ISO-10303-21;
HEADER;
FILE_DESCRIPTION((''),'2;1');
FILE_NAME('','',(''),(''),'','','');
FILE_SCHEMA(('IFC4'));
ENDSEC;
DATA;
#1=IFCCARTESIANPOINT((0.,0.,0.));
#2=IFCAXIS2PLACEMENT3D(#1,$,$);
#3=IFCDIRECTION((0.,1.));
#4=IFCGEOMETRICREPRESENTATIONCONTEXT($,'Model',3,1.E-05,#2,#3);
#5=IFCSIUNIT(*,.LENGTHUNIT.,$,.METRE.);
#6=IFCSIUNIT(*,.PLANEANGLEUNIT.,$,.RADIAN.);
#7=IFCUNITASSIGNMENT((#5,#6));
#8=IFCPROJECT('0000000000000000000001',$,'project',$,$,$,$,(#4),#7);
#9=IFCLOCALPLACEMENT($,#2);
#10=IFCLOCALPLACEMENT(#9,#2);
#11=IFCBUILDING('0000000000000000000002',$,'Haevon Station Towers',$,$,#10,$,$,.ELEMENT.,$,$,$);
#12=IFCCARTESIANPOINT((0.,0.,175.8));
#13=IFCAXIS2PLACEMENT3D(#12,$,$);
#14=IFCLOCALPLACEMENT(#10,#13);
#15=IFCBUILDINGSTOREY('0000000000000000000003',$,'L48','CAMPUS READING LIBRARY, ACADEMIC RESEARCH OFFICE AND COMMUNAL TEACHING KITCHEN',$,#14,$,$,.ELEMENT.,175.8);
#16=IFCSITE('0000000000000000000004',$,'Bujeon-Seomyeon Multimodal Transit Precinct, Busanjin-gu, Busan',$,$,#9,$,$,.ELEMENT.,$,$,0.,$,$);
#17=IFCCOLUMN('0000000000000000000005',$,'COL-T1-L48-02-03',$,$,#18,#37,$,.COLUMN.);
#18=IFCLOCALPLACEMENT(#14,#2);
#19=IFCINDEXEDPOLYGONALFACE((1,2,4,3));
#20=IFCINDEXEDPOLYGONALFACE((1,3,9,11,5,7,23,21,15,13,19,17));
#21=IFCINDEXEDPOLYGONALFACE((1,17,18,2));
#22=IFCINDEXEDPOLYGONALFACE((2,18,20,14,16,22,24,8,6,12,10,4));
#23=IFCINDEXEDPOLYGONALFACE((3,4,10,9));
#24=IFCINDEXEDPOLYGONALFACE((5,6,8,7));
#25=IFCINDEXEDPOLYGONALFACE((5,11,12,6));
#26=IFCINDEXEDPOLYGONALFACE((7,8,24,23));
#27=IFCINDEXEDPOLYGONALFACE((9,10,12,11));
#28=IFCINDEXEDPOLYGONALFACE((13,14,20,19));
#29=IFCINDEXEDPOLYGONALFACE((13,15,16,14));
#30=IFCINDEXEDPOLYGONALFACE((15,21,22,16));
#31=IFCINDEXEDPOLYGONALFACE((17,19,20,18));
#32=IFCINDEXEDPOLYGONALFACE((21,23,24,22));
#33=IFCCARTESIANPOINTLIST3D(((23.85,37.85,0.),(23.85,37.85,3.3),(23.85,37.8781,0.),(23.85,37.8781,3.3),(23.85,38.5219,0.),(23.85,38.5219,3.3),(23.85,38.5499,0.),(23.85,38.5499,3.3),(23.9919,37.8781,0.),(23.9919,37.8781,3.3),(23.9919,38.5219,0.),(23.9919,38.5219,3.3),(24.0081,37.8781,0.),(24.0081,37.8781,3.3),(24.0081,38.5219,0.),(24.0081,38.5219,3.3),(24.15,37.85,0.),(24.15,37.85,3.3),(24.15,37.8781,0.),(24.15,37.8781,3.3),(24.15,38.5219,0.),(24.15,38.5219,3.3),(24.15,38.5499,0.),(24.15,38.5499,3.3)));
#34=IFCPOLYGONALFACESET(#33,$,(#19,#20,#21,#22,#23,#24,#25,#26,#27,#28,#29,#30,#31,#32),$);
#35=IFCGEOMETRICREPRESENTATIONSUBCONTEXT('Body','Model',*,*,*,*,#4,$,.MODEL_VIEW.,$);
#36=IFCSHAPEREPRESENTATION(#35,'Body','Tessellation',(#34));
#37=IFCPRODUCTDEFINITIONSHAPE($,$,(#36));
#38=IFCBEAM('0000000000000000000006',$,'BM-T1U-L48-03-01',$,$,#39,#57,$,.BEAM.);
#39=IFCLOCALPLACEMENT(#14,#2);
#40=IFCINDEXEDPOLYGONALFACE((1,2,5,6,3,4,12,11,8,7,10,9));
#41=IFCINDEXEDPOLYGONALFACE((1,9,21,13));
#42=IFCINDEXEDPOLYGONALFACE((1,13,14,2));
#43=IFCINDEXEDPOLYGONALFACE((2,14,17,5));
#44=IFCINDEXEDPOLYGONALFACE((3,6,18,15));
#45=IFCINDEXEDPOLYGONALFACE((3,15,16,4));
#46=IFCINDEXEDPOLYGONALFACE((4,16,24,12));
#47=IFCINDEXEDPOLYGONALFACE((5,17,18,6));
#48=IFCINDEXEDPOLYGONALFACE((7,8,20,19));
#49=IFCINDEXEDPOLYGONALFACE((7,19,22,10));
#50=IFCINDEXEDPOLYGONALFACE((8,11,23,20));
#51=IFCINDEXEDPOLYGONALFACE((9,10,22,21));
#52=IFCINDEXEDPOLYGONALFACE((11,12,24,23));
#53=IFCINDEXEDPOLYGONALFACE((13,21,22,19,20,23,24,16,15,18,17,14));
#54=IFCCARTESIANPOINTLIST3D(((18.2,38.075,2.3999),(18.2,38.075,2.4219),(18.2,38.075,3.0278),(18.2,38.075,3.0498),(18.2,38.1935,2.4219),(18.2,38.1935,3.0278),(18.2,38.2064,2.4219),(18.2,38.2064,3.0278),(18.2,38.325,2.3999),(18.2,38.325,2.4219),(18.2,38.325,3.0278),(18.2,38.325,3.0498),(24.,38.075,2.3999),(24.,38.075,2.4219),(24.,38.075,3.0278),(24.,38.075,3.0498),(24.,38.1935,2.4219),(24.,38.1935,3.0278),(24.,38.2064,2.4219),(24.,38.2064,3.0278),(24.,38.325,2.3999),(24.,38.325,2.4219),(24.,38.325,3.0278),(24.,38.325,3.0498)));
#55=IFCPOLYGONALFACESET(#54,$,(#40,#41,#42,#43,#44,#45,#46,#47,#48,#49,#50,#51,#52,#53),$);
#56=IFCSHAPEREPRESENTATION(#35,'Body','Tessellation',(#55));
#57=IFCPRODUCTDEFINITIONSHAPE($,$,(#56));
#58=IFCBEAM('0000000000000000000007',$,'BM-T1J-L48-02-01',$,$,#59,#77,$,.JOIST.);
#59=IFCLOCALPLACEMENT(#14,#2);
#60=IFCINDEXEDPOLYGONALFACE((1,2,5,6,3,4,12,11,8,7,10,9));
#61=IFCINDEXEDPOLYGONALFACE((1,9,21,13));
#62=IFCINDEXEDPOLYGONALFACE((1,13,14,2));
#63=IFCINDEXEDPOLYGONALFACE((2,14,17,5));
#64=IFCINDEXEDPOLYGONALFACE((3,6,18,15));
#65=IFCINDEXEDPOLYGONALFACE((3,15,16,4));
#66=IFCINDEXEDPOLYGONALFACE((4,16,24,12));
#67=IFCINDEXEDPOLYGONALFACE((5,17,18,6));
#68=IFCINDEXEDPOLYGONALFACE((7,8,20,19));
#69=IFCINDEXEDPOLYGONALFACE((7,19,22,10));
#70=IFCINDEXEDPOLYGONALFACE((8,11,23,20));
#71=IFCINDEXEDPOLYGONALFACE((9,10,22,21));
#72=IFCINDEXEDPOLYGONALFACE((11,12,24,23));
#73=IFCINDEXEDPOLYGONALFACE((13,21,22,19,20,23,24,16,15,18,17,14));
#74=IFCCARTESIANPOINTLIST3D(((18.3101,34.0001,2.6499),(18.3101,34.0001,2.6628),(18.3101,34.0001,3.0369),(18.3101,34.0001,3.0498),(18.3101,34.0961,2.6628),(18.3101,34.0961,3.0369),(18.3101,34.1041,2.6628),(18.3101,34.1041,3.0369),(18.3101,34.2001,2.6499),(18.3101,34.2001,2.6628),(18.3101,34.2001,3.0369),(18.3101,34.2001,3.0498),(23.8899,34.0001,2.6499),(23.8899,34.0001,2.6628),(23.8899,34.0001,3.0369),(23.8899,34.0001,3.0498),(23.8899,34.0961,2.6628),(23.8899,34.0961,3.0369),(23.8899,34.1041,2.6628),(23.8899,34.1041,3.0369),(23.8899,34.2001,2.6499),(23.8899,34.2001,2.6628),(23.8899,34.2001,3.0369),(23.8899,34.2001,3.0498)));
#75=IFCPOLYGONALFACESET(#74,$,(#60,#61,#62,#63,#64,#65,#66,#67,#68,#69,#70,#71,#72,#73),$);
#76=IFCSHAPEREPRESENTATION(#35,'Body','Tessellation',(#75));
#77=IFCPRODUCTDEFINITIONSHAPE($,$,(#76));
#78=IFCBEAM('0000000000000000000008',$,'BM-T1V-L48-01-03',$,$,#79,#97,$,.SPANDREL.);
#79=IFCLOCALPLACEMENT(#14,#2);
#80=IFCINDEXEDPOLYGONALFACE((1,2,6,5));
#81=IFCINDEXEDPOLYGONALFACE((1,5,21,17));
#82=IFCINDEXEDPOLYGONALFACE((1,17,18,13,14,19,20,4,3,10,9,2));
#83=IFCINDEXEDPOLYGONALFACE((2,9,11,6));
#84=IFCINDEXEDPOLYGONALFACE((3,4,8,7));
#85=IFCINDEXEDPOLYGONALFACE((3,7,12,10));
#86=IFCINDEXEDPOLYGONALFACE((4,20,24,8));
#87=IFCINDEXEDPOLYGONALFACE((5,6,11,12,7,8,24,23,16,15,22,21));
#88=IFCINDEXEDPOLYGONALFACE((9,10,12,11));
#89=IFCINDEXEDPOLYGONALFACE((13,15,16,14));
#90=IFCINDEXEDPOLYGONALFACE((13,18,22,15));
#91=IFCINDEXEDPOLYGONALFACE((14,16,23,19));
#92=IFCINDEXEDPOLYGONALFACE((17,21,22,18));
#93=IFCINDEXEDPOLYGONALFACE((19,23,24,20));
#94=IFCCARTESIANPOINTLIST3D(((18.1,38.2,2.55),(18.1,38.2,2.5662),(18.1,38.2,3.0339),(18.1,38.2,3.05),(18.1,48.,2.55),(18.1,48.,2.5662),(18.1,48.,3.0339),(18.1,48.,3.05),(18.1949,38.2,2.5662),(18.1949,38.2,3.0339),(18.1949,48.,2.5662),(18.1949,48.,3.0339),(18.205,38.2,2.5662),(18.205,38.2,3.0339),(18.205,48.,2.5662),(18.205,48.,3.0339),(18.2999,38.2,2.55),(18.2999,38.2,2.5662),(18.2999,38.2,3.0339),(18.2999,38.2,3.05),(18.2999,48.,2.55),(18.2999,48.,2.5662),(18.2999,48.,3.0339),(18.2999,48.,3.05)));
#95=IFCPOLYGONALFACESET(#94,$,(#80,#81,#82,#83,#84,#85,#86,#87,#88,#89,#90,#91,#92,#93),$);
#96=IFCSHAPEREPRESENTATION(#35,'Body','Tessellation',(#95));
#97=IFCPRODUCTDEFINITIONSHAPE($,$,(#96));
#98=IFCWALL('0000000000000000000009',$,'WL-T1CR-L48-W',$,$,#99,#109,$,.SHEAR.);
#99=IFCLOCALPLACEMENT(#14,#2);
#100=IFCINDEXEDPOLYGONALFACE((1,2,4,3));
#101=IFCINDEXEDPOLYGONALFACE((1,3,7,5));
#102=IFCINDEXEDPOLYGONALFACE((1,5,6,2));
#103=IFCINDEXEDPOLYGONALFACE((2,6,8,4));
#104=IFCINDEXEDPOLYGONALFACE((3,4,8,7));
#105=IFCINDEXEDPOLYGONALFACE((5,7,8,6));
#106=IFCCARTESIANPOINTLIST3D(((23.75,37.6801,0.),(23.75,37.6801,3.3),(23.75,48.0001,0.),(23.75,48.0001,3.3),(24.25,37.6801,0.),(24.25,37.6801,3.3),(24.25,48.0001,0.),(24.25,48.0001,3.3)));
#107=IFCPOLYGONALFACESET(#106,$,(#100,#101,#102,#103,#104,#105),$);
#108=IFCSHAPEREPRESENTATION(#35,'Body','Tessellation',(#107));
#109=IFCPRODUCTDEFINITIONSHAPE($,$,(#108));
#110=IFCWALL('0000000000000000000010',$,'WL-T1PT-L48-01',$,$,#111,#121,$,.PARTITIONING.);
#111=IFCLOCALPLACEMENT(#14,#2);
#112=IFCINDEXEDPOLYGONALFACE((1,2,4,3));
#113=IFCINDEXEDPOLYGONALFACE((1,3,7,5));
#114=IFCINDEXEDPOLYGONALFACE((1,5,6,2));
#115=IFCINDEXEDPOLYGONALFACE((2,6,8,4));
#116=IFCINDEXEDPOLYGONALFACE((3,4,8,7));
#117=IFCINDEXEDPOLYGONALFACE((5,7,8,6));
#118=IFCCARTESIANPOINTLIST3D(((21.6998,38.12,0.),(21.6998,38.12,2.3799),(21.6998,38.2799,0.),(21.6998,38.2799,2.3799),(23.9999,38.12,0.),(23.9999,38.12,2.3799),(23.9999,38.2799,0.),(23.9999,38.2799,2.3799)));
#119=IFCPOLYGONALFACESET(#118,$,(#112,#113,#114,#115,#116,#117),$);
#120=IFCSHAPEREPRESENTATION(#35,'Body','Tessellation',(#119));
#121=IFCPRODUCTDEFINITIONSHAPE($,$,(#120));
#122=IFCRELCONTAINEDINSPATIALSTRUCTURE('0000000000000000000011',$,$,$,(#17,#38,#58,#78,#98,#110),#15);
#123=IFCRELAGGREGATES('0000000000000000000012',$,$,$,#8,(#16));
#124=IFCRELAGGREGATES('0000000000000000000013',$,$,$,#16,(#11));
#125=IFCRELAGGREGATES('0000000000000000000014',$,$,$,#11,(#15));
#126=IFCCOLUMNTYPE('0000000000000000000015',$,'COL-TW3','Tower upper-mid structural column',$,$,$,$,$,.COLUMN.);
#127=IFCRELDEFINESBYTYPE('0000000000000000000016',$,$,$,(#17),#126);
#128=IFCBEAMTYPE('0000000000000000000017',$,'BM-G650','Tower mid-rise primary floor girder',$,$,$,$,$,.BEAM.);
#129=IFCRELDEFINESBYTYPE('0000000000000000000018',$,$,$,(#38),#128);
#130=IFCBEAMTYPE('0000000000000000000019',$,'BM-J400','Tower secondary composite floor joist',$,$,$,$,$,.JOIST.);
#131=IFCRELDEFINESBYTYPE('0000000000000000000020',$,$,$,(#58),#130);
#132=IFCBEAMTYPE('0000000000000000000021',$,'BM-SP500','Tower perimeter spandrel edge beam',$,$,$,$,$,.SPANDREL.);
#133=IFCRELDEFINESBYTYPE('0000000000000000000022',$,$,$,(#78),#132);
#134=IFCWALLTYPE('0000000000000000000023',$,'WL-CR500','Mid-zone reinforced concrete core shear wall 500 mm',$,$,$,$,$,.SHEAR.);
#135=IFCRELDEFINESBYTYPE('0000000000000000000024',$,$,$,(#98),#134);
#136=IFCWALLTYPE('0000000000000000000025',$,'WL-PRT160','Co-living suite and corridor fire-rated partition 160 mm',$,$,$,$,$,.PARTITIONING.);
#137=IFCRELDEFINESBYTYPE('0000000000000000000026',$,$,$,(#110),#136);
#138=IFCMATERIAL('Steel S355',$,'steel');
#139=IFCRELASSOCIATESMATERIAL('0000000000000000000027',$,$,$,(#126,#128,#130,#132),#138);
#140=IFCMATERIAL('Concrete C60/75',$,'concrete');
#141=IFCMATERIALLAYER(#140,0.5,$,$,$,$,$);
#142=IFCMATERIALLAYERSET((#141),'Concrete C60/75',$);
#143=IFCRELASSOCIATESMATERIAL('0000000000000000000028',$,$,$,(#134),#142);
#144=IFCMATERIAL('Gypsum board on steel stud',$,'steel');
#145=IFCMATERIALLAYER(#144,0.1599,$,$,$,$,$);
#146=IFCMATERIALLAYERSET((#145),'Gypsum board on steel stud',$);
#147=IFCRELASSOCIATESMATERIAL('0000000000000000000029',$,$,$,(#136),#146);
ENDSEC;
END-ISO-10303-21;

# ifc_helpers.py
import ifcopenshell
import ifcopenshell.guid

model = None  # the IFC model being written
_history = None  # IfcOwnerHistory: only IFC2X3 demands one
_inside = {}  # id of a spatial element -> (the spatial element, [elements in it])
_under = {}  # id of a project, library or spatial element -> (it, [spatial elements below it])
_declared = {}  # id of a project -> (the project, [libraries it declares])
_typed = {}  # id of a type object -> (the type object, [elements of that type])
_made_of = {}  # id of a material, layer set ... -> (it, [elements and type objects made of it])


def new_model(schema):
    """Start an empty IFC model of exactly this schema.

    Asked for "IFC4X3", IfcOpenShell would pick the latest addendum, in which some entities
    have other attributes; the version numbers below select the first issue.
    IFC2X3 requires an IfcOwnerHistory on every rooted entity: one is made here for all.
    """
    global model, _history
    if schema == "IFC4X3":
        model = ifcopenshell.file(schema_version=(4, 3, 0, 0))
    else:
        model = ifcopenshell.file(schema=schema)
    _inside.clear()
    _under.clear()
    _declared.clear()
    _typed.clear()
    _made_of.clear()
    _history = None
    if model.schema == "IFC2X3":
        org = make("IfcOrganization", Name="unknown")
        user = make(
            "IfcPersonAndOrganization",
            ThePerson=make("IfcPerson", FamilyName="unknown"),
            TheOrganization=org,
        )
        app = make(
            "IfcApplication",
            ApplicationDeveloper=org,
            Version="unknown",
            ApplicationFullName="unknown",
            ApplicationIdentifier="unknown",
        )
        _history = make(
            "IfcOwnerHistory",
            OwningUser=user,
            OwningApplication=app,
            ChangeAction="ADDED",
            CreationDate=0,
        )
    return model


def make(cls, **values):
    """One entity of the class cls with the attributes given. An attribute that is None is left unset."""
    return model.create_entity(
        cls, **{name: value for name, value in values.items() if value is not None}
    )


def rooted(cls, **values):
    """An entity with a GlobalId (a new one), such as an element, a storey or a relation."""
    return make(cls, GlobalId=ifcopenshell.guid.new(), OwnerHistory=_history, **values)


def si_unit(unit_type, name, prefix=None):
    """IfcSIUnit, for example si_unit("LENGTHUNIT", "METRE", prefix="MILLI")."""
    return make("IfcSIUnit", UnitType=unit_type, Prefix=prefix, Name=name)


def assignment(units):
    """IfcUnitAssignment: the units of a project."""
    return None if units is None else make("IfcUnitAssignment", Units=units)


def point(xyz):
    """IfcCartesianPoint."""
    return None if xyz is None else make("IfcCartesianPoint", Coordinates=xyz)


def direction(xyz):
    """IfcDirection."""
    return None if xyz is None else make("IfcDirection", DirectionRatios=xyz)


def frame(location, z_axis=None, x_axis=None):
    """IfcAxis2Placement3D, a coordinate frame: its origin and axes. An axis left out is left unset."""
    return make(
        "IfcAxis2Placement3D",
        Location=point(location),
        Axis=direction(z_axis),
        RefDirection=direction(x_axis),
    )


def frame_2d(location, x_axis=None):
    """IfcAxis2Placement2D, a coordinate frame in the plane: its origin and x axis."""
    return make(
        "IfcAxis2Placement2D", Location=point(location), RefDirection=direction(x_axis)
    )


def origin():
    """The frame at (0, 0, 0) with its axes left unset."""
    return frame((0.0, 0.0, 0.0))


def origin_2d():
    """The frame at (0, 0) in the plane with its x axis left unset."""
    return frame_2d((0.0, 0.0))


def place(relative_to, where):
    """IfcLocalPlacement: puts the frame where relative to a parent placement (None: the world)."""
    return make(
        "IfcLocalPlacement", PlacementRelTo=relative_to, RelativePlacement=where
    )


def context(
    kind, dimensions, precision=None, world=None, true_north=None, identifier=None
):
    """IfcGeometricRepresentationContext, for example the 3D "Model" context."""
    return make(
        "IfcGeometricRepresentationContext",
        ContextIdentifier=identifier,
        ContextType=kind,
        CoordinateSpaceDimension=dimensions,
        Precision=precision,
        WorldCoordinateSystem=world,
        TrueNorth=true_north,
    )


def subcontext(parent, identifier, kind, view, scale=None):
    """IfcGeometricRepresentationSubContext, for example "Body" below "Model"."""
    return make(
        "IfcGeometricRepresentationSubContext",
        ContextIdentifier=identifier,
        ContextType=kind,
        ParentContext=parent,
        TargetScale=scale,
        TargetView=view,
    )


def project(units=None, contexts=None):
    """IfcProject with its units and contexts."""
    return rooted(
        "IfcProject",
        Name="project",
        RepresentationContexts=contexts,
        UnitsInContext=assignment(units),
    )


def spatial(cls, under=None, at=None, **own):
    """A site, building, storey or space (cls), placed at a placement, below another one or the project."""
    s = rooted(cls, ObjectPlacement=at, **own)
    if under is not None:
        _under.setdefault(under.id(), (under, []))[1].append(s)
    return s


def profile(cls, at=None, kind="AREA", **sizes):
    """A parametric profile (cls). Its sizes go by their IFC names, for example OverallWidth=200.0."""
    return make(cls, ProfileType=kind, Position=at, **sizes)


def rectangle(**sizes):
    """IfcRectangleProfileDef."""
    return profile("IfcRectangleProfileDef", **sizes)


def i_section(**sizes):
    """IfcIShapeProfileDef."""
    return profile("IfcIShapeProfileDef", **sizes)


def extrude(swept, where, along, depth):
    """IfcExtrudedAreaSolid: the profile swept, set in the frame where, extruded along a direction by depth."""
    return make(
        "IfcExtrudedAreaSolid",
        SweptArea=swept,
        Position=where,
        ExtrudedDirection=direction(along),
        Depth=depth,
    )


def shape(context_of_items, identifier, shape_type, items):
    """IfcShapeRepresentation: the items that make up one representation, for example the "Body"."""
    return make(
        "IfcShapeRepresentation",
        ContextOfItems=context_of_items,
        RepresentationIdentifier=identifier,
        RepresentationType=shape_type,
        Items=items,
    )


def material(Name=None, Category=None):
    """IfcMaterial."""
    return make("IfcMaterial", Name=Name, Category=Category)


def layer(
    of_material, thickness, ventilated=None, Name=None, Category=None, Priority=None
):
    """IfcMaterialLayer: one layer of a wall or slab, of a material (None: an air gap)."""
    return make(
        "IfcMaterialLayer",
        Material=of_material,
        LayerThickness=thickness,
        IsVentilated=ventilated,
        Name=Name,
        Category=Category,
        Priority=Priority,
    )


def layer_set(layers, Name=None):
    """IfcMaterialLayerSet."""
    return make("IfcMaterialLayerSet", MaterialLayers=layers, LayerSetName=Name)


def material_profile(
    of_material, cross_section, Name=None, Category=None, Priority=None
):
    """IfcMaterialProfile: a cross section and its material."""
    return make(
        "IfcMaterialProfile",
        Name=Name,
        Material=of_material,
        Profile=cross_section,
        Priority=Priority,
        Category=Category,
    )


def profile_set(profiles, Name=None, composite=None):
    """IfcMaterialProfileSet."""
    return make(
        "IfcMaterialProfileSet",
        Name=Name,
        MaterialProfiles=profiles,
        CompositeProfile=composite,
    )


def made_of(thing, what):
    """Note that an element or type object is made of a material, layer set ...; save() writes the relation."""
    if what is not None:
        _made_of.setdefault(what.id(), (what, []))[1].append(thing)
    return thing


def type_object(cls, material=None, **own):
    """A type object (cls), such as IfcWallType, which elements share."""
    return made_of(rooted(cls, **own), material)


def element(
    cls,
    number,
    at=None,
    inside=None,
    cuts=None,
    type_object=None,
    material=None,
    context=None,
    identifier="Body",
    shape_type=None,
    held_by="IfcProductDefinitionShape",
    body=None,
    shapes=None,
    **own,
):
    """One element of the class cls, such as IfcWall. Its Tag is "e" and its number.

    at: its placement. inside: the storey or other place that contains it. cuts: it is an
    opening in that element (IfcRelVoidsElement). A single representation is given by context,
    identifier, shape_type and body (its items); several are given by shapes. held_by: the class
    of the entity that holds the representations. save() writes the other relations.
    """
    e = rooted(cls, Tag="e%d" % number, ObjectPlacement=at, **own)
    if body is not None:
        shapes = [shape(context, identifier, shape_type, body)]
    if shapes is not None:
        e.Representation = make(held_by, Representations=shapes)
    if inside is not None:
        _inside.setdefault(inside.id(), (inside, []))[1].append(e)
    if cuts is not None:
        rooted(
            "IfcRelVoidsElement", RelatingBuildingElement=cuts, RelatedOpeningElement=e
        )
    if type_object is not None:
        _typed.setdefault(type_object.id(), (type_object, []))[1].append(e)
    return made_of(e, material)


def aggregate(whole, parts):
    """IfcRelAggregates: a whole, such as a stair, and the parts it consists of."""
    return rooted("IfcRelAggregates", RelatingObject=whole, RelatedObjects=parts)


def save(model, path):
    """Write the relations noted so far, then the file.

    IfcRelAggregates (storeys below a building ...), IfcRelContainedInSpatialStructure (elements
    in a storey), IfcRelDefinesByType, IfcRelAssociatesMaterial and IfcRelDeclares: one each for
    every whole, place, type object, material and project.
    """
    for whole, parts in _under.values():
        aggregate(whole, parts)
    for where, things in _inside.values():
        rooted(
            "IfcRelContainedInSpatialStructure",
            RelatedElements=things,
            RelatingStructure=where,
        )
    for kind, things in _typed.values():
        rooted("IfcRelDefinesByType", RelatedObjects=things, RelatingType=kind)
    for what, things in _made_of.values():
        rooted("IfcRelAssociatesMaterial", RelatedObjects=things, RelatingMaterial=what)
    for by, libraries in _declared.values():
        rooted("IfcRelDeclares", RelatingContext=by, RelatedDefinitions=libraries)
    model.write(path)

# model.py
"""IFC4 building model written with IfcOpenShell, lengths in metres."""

from ifc_helpers import new_model, si_unit, direction, frame, frame_2d, origin, origin_2d, place, context, subcontext, project, spatial, rectangle, i_section, extrude, material, layer, layer_set, material_profile, profile_set, type_object, element, save


model = new_model("IFC4")

# Units and contexts
model_context = context("Model", 3, precision=1e-05, world=origin(), true_north=direction((0.0, 1.0)))
body_context = subcontext(model_context, "Body", "Model", "MODEL_VIEW")
ifc_project = project(units=[si_unit("LENGTHUNIT", "METRE"), si_unit("PLANEANGLEUNIT", "RADIAN")], contexts=[model_context])

# Site, building, storey
site_placement = place(None, origin())
site = spatial("IfcSite", under=ifc_project, at=site_placement, Name="Bujeon-Seomyeon Multimodal Transit Precinct, Busanjin-gu, Busan", CompositionType="ELEMENT", RefElevation=0.0)
building_placement = place(site_placement, origin())
building = spatial("IfcBuilding", under=site, at=building_placement, Name="Haevon Station Towers", CompositionType="ELEMENT")
storey_placement = place(building_placement, frame((0.0, 0.0, 175.8)))
storey = spatial("IfcBuildingStorey", under=building, at=storey_placement, Name="L48", Description="CAMPUS READING LIBRARY, ACADEMIC RESEARCH OFFICE AND COMMUNAL TEACHING KITCHEN", CompositionType="ELEMENT", Elevation=175.8)

# Column
ifc_material_1 = material(Name="Steel S355", Category="steel")
ifc_material_profile_1 = material_profile(ifc_material_1, i_section(OverallWidth=0.3, OverallDepth=0.7, WebThickness=0.0161, FlangeThickness=0.0281, at=origin_2d()), Name="H-700x300x16x28")
ifc_profile_set_1 = profile_set([ifc_material_profile_1], Name="Steel S355")
column_type = type_object("IfcColumnType", Name="COL-TW3", Description="Tower upper-mid structural column", PredefinedType="COLUMN", material=ifc_profile_set_1)
column_placement = place(storey_placement, frame((24.0, 38.2, 0.0), z_axis=(0.0, 0.0, 1.0), x_axis=(1.0, 0.0, 0.0)))
element("IfcColumn", 1, at=column_placement, inside=storey, type_object=column_type, Name="COL-T1-L48-02-03", PredefinedType="COLUMN", context=body_context, shape_type="SweptSolid", body=[
    extrude(i_section(OverallWidth=0.3, OverallDepth=0.7, WebThickness=0.0161, FlangeThickness=0.0281, at=origin_2d()), origin(), (0.0, 0.0, 1.0), 3.3),
])

# Beams
ifc_material_profile_2 = material_profile(ifc_material_1, i_section(OverallWidth=0.25, OverallDepth=0.6499, WebThickness=0.0129, FlangeThickness=0.022, at=origin_2d()), Name="H-650x250x13x22")
ifc_profile_set_2 = profile_set([ifc_material_profile_2], Name="Steel S355")
beam_type_1 = type_object("IfcBeamType", Name="BM-G650", Description="Tower mid-rise primary floor girder", PredefinedType="BEAM", material=ifc_profile_set_2)
beam_1_placement = place(storey_placement, frame((18.2, 38.2, 2.7249), z_axis=(1.0, 0.0, 0.0), x_axis=(0.0, 1.0, 0.0)))
element("IfcBeam", 2, at=beam_1_placement, inside=storey, type_object=beam_type_1, Name="BM-T1U-L48-03-01", PredefinedType="BEAM", context=body_context, shape_type="SweptSolid", body=[
    extrude(i_section(OverallWidth=0.25, OverallDepth=0.6499, WebThickness=0.0129, FlangeThickness=0.022, at=origin_2d()), origin(), (0.0, 0.0, 1.0), 5.8),
])
ifc_material_profile_3 = material_profile(ifc_material_1, i_section(OverallWidth=0.2, OverallDepth=0.3999, WebThickness=0.0081, FlangeThickness=0.0129, at=origin_2d()), Name="H-400x200x8x13")
ifc_profile_set_3 = profile_set([ifc_material_profile_3], Name="Steel S355")
beam_type_2 = type_object("IfcBeamType", Name="BM-J400", Description="Tower secondary composite floor joist", PredefinedType="JOIST", material=ifc_profile_set_3)
beam_2_placement = place(storey_placement, frame((18.3101, 34.1001, 2.8499), z_axis=(1.0, 0.0, 0.0), x_axis=(0.0, 1.0, 0.0)))
element("IfcBeam", 3, at=beam_2_placement, inside=storey, type_object=beam_type_2, Name="BM-T1J-L48-02-01", PredefinedType="JOIST", context=body_context, shape_type="SweptSolid", body=[
    extrude(i_section(OverallWidth=0.2, OverallDepth=0.3999, WebThickness=0.0081, FlangeThickness=0.0129, at=origin_2d()), origin(), (0.0, 0.0, 1.0), 5.5798),
])
ifc_material_profile_4 = material_profile(ifc_material_1, i_section(OverallWidth=0.2, OverallDepth=0.5, WebThickness=0.01, FlangeThickness=0.0161, at=origin_2d()), Name="H-500x200x10x16")
ifc_profile_set_4 = profile_set([ifc_material_profile_4], Name="Steel S355")
beam_type_3 = type_object("IfcBeamType", Name="BM-SP500", Description="Tower perimeter spandrel edge beam", PredefinedType="SPANDREL", material=ifc_profile_set_4)
beam_3_placement = place(storey_placement, frame((18.2, 38.2, 2.8), z_axis=(0.0, 1.0, 0.0), x_axis=(-1.0, 0.0, 0.0)))
element("IfcBeam", 4, at=beam_3_placement, inside=storey, type_object=beam_type_3, Name="BM-T1V-L48-01-03", PredefinedType="SPANDREL", context=body_context, shape_type="SweptSolid", body=[
    extrude(i_section(OverallWidth=0.2, OverallDepth=0.5, WebThickness=0.01, FlangeThickness=0.0161, at=origin_2d()), origin(), (0.0, 0.0, 1.0), 9.8),
])

# Walls
ifc_material_2 = material(Name="Concrete C60/75", Category="concrete")
ifc_layer_1 = layer(ifc_material_2, 0.5)
ifc_layer_set_1 = layer_set([ifc_layer_1], Name="Concrete C60/75")
wall_type_1 = type_object("IfcWallType", Name="WL-CR500", Description="Mid-zone reinforced concrete core shear wall 500 mm", PredefinedType="SHEAR", material=ifc_layer_set_1)
wall_1_placement = place(storey_placement, frame((24.0, 37.6799, 0.0), z_axis=(0.0, 0.0, 1.0), x_axis=(0.0, 1.0, 0.0)))
element("IfcWall", 5, at=wall_1_placement, inside=storey, type_object=wall_type_1, Name="WL-T1CR-L48-W", PredefinedType="SHEAR", context=body_context, shape_type="SweptSolid", body=[
    extrude(rectangle(XDim=10.3201, YDim=0.5, at=frame_2d((5.1602, 0.0))), origin(), (0.0, 0.0, 1.0), 3.3),
])
ifc_material_3 = material(Name="Gypsum board on steel stud", Category="steel")
ifc_layer_2 = layer(ifc_material_3, 0.1599)
ifc_layer_set_2 = layer_set([ifc_layer_2], Name="Gypsum board on steel stud")
wall_type_2 = type_object("IfcWallType", Name="WL-PRT160", Description="Co-living suite and corridor fire-rated partition 160 mm", PredefinedType="PARTITIONING", material=ifc_layer_set_2)
wall_2_placement = place(storey_placement, frame((21.7, 38.2, 0.0), z_axis=(0.0, 0.0, 1.0), x_axis=(1.0, 0.0, 0.0)))
element("IfcWall", 6, at=wall_2_placement, inside=storey, type_object=wall_type_2, Name="WL-T1PT-L48-01", PredefinedType="PARTITIONING", context=body_context, shape_type="SweptSolid", body=[
    extrude(rectangle(XDim=2.3, YDim=0.1599, at=frame_2d((1.1499, 0.0))), origin(), (0.0, 0.0, 1.0), 2.3799),
])

save(model, "model.ifc")
